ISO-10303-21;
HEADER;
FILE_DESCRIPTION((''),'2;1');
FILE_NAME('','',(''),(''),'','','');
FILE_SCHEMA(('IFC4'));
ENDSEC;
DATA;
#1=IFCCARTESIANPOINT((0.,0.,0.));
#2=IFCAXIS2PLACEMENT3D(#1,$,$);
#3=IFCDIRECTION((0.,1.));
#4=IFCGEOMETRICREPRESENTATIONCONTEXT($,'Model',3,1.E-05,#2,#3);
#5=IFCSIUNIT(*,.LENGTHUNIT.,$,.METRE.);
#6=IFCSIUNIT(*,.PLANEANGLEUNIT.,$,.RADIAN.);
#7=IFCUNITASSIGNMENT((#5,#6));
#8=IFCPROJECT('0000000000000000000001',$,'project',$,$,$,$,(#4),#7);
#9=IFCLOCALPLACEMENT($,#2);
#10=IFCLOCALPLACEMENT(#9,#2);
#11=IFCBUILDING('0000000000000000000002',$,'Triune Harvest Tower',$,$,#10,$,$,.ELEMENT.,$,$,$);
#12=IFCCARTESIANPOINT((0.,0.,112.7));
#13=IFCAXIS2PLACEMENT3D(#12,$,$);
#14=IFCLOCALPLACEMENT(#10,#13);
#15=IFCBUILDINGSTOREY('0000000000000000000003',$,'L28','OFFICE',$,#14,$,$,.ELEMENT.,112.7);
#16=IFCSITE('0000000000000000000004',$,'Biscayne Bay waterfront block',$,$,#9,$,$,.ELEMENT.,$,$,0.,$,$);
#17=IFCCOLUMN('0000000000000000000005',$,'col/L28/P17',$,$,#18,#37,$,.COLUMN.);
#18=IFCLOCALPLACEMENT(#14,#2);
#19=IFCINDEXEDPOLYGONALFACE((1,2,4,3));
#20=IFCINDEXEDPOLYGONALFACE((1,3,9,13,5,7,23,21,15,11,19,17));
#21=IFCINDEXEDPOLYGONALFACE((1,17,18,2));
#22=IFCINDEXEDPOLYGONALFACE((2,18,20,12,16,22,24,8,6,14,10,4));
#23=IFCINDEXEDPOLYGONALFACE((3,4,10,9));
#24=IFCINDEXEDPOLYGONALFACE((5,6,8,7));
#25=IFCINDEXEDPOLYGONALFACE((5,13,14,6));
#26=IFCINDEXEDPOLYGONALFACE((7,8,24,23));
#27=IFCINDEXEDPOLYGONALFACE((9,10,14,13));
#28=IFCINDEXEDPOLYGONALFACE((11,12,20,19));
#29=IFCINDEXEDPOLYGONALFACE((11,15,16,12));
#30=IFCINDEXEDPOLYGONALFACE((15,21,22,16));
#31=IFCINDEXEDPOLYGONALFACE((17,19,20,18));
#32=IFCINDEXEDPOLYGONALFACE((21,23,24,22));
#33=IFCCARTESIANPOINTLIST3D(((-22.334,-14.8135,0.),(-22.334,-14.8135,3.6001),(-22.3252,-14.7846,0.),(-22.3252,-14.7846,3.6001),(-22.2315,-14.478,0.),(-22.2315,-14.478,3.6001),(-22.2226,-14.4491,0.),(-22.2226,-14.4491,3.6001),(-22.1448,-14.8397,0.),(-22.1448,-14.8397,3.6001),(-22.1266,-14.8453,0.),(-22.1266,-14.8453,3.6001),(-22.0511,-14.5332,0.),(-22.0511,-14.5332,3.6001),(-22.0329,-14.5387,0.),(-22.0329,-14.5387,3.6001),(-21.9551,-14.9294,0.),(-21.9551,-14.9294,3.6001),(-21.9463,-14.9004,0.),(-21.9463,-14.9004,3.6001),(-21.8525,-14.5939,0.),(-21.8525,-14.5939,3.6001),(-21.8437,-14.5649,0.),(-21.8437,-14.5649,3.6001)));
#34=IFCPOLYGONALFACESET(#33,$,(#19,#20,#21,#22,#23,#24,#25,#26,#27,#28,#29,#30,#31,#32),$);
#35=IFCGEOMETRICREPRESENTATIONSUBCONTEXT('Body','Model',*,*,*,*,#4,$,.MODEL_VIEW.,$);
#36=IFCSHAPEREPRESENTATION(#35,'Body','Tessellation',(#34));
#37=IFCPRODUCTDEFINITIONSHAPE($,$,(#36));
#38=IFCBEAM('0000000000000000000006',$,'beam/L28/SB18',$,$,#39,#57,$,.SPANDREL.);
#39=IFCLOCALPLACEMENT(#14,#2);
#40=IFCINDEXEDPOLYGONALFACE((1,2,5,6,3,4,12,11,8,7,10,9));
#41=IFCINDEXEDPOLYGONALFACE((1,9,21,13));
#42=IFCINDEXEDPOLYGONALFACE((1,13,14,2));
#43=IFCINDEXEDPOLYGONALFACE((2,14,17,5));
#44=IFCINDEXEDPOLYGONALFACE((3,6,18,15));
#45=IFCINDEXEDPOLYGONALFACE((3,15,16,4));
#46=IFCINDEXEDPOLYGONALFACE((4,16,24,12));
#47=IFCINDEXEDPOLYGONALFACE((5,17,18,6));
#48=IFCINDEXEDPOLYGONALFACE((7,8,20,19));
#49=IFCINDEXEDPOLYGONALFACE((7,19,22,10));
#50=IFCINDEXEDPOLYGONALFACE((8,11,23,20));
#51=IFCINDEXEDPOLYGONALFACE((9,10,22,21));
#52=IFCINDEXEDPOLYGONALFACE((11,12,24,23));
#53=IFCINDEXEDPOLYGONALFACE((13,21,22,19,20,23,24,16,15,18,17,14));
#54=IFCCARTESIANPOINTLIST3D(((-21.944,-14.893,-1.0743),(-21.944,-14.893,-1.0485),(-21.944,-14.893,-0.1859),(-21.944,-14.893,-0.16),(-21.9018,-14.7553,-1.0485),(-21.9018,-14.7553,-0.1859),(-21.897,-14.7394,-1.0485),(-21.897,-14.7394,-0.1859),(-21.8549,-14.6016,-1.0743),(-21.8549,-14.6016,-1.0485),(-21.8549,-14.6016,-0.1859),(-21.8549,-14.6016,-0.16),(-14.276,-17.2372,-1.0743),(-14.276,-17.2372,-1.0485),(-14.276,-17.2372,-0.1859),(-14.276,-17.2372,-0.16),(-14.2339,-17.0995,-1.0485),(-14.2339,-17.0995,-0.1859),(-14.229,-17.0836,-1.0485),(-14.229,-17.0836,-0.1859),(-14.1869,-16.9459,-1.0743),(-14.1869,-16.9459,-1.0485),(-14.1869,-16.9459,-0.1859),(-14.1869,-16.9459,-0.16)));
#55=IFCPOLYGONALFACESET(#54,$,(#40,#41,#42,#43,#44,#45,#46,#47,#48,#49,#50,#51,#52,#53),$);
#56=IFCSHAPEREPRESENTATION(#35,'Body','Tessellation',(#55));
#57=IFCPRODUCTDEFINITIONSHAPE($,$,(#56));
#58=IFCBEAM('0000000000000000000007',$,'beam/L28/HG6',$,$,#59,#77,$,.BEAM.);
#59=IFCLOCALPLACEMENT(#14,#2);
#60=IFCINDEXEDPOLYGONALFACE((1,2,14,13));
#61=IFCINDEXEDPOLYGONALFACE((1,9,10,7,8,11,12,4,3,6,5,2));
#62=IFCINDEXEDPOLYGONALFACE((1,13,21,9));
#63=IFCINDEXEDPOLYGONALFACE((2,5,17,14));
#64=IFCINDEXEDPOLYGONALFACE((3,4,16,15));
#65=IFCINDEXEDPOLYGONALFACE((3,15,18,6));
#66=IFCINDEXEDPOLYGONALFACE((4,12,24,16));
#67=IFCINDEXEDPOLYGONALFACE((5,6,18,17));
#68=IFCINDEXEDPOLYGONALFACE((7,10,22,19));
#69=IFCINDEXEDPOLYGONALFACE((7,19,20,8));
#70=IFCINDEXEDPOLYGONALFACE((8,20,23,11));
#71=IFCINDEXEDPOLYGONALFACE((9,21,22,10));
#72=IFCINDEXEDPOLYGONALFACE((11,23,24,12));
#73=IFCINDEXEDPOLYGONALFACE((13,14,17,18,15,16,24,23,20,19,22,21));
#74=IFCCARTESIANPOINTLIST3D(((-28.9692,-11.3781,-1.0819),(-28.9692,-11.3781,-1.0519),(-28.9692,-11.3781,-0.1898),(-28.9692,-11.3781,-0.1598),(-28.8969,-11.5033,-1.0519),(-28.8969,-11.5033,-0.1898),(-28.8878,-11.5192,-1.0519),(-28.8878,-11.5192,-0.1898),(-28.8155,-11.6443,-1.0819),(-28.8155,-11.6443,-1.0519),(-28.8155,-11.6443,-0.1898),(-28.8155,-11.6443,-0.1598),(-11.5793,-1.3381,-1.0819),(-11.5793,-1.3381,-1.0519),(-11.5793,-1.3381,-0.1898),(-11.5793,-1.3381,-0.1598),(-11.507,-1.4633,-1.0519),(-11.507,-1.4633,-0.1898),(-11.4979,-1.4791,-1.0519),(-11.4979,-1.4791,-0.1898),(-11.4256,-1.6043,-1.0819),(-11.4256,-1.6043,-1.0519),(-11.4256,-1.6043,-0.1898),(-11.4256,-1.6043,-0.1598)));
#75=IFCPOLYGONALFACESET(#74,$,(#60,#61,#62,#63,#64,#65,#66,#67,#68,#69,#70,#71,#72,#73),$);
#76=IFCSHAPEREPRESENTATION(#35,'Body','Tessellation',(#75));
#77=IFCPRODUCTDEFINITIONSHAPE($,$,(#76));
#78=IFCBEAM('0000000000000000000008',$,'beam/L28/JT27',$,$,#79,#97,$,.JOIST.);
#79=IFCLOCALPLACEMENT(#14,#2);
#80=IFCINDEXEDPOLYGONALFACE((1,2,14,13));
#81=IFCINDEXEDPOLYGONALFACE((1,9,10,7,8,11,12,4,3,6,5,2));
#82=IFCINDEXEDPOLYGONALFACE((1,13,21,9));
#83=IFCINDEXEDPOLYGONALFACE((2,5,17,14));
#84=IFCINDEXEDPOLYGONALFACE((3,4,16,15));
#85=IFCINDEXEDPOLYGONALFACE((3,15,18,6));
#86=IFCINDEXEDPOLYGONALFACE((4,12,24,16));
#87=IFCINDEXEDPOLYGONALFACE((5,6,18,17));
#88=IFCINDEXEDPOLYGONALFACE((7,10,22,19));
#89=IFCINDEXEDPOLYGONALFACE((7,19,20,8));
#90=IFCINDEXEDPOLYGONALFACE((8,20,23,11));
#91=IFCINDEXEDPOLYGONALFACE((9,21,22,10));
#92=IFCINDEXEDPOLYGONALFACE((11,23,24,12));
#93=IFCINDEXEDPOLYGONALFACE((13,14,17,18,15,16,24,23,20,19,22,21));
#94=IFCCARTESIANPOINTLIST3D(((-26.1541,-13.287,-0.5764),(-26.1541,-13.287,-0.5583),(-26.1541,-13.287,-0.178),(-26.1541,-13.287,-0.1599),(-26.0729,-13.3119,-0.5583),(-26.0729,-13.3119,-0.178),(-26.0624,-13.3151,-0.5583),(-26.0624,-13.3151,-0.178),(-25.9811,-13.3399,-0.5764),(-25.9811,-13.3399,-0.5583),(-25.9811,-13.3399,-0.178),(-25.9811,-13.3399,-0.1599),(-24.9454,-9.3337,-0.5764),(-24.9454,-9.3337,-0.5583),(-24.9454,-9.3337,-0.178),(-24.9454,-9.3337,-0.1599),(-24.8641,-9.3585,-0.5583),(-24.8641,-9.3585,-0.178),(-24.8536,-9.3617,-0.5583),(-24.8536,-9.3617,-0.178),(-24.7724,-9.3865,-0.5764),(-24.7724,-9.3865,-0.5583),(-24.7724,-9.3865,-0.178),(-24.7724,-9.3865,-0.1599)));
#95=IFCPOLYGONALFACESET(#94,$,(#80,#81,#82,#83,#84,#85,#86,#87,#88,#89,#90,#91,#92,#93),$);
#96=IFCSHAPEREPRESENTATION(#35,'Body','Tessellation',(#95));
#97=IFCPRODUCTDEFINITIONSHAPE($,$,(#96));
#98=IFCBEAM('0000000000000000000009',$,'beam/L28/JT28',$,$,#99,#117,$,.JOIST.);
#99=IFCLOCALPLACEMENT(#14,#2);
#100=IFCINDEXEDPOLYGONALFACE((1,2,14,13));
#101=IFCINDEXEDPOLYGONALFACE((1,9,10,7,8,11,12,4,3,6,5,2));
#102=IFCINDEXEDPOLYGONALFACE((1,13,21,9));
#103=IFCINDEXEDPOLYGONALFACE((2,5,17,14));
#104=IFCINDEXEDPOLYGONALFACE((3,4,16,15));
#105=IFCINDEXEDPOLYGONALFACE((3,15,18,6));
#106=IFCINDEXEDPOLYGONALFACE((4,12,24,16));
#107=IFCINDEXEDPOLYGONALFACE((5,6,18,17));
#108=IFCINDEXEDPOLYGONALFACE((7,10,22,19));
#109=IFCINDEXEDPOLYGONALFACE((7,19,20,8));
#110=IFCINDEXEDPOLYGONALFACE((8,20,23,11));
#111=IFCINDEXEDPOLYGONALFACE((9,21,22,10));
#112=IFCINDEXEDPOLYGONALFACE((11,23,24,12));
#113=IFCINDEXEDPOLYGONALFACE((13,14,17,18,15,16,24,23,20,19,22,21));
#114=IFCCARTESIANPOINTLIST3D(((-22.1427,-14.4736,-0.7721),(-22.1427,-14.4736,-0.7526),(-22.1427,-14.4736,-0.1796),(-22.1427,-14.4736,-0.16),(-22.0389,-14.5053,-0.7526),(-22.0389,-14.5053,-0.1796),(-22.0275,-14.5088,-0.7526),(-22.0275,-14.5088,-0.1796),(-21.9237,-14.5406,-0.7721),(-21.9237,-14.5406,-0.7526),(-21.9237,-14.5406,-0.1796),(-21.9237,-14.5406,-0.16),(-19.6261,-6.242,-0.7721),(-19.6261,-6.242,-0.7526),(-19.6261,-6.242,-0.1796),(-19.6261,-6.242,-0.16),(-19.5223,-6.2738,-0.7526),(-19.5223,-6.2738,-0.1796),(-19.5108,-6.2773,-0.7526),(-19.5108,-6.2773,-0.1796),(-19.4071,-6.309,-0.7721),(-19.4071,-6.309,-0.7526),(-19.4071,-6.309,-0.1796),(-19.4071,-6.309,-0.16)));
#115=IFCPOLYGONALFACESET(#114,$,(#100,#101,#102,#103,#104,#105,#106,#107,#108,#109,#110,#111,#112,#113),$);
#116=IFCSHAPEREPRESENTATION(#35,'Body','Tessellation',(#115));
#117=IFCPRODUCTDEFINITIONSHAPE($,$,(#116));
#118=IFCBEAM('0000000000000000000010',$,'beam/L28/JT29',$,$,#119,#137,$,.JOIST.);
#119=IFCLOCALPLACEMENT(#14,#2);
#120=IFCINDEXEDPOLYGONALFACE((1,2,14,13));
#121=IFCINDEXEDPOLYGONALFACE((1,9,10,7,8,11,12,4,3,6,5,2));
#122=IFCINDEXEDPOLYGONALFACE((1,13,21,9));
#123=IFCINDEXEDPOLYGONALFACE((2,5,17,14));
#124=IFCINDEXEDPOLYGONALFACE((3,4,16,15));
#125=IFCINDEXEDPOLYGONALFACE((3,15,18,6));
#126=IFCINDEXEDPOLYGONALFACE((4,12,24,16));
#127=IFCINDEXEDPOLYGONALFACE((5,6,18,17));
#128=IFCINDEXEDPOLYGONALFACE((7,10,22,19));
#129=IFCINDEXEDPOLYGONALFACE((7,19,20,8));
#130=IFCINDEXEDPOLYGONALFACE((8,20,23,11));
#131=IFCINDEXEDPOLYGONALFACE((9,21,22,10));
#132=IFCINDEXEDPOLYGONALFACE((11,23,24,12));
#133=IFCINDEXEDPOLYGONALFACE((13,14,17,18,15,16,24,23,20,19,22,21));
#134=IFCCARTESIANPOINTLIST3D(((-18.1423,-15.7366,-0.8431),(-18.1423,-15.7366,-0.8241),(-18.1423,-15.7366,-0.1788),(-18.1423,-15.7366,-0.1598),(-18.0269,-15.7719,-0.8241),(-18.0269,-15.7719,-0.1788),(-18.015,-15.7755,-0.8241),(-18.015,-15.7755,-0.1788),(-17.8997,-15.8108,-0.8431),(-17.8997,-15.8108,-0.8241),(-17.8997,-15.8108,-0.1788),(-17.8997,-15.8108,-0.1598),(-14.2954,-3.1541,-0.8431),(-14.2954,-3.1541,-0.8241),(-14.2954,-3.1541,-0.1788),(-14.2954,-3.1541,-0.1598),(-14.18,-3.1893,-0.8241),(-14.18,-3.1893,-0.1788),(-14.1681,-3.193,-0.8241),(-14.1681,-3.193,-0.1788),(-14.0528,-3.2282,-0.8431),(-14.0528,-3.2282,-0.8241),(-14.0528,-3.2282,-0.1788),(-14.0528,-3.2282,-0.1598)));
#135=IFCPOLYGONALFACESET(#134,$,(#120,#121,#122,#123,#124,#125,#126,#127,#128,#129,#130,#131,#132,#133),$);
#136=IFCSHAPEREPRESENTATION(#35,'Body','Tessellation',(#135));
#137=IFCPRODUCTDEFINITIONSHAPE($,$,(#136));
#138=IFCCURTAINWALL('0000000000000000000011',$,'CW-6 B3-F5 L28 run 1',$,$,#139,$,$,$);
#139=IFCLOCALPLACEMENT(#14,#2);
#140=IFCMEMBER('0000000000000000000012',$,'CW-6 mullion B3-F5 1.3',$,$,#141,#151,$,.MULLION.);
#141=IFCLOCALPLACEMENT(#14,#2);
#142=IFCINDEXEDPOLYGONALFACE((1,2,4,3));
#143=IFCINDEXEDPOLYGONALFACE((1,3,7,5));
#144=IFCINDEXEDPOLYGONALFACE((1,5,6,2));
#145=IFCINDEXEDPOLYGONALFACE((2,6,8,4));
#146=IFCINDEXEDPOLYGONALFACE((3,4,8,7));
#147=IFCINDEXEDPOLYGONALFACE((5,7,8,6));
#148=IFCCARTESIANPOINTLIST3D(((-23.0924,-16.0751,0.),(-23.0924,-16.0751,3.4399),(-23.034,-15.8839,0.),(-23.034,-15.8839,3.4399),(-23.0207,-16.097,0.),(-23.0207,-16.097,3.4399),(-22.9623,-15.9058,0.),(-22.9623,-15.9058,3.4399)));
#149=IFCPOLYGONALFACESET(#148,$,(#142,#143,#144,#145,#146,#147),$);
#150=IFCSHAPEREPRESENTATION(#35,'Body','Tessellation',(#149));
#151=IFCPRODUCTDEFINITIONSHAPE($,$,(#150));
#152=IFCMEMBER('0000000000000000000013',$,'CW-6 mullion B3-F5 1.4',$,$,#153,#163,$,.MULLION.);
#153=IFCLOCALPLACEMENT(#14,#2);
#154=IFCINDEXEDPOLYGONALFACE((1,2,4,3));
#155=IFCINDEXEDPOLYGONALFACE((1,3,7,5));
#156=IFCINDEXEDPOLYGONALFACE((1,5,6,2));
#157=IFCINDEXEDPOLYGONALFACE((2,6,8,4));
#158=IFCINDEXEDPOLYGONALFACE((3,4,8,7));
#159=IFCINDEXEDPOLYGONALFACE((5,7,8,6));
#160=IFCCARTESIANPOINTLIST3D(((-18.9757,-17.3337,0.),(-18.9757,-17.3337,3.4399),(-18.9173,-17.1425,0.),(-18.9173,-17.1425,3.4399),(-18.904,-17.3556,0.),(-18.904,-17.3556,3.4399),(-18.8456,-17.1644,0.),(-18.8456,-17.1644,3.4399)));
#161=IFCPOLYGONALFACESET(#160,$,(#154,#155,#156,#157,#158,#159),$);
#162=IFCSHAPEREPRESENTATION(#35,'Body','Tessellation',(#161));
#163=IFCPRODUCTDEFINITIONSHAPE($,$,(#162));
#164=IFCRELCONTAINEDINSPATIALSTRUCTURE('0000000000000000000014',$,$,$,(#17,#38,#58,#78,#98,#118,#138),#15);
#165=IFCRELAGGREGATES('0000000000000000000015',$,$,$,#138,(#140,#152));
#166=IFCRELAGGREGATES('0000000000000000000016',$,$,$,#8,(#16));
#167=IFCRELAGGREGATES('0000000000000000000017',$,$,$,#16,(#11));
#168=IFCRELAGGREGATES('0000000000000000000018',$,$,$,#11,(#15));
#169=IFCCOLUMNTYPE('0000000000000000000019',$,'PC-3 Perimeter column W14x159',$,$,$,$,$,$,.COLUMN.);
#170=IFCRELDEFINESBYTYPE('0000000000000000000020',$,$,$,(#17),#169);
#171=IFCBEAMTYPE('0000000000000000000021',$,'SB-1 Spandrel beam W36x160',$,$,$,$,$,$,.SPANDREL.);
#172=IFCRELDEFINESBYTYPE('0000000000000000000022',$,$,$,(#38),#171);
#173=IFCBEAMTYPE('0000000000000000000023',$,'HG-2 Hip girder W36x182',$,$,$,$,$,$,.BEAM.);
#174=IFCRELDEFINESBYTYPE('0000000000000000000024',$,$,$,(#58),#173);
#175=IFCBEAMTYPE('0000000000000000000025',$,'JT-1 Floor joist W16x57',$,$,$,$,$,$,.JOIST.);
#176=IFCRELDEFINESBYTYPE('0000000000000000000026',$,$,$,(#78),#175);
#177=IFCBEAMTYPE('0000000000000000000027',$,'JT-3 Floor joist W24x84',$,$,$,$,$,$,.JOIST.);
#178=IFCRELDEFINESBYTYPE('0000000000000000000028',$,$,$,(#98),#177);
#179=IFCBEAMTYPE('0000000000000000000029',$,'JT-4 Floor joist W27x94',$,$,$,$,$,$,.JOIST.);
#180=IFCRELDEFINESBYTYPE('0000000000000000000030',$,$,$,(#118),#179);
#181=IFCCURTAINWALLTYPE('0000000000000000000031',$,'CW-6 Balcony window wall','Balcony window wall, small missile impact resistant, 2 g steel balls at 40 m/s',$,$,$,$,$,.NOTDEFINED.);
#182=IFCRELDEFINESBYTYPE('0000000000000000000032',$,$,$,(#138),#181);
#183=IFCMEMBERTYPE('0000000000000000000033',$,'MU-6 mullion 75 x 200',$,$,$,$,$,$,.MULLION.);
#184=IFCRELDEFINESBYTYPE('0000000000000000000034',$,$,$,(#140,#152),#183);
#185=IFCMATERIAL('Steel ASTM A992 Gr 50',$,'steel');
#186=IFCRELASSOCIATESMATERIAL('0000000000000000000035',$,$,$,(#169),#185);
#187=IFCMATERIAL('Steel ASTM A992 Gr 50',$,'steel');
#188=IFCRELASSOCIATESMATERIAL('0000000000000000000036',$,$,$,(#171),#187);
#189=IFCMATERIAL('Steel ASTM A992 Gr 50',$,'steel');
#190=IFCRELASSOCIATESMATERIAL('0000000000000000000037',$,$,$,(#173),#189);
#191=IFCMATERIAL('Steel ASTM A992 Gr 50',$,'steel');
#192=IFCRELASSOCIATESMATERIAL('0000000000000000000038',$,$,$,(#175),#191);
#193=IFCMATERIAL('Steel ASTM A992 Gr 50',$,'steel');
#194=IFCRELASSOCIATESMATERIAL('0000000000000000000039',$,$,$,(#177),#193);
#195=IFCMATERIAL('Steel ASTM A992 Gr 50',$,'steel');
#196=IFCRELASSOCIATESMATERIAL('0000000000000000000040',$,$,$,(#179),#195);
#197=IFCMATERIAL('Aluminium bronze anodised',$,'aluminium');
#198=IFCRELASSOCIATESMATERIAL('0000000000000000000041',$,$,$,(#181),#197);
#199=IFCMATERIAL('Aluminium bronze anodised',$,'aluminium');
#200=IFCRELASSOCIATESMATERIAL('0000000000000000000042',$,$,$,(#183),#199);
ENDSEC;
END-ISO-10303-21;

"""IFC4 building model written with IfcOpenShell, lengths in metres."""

from ifc_helpers import new_model, si_unit, direction, frame, origin, origin_2d, place, context, subcontext, project, spatial, rectangle, i_section, extrude, source, transform, mapped, material, material_profile, profile_set, type_object, element, aggregate, save


model = new_model("IFC4")

# Units and contexts
model_context = context("Model", 3, precision=1e-05, world=origin(), true_north=direction((0.0, 1.0)))
body_context = subcontext(model_context, "Body", "Model", "MODEL_VIEW")
ifc_project = project(units=[si_unit("LENGTHUNIT", "METRE"), si_unit("PLANEANGLEUNIT", "RADIAN")], contexts=[model_context])

# Site, building, storey
site_placement = place(None, origin())
site = spatial("IfcSite", under=ifc_project, at=site_placement, Name="Biscayne Bay waterfront block", CompositionType="ELEMENT", RefElevation=0.0)
building_placement = place(site_placement, origin())
building = spatial("IfcBuilding", under=site, at=building_placement, Name="Triune Harvest Tower", CompositionType="ELEMENT")
storey_placement = place(building_placement, frame((0.0, 0.0, 112.7)))
storey = spatial("IfcBuildingStorey", under=building, at=storey_placement, Name="L28", Description="OFFICE", CompositionType="ELEMENT", Elevation=112.7)

# Column
ifc_material_1 = material(Name="Steel ASTM A992 Gr 50", Category="steel")
ifc_material_profile_1 = material_profile(ifc_material_1, i_section(OverallWidth=0.3962, OverallDepth=0.3811, WebThickness=0.019, FlangeThickness=0.0303, at=origin_2d()), Name="W14x159")
ifc_profile_set_1 = profile_set([ifc_material_profile_1], Name="Steel ASTM A992 Gr 50")
column_type = type_object("IfcColumnType", Name="PC-3 Perimeter column W14x159", PredefinedType="COLUMN", material=ifc_profile_set_1)
shared_shape_1 = source(origin(), body_context, "Body", "SweptSolid", [
    extrude(i_section(OverallWidth=0.3962, OverallDepth=0.3811, WebThickness=0.019, FlangeThickness=0.0303, at=origin_2d()), origin(), (0.0, 0.0, 1.0), 3.6001),
])
column_placement = place(storey_placement, frame((-22.0889, -14.6892, 0.0), z_axis=(0.0, 0.0, 1.0), x_axis=(0.956305, -0.292372, 0.0)))
element("IfcColumn", 1, at=column_placement, inside=storey, type_object=column_type, Name="col/L28/P17", PredefinedType="COLUMN", context=body_context, shape_type="MappedRepresentation", body=[
    mapped(shared_shape_1, transform((0.0, 0.0, 0.0), scale=1.0)),
])

# Beams
ifc_material_2 = material(Name="Steel ASTM A992 Gr 50", Category="steel")
ifc_material_profile_2 = material_profile(ifc_material_2, i_section(OverallWidth=0.3047, OverallDepth=0.9143, WebThickness=0.0166, FlangeThickness=0.0259, at=origin_2d()), Name="W36x160")
ifc_profile_set_2 = profile_set([ifc_material_profile_2], Name="Steel ASTM A992 Gr 50")
beam_type_1 = type_object("IfcBeamType", Name="SB-1 Spandrel beam W36x160", PredefinedType="SPANDREL", material=ifc_profile_set_2)
shared_shape_2 = source(origin(), body_context, "Body", "SweptSolid", [
    extrude(i_section(OverallWidth=0.3047, OverallDepth=0.9143, WebThickness=0.0166, FlangeThickness=0.0259, at=origin_2d()), origin(), (0.0, 0.0, 1.0), 8.0183),
])
beam_1_placement = place(storey_placement, frame((-21.8994, -14.7473, -0.6172), z_axis=(0.956308, -0.292361, 0.0), x_axis=(0.292361, 0.956308, 0.0)))
element("IfcBeam", 2, at=beam_1_placement, inside=storey, type_object=beam_type_1, Name="beam/L28/SB18", PredefinedType="SPANDREL", context=body_context, shape_type="MappedRepresentation", body=[
    mapped(shared_shape_2, transform((0.0, 0.0, 0.0), scale=1.0)),
])
ifc_material_3 = material(Name="Steel ASTM A992 Gr 50", Category="steel")
ifc_material_profile_3 = material_profile(ifc_material_3, i_section(OverallWidth=0.3074, OverallDepth=0.9221, WebThickness=0.0183, FlangeThickness=0.03, at=origin_2d()), Name="W36x182")
ifc_profile_set_3 = profile_set([ifc_material_profile_3], Name="Steel ASTM A992 Gr 50")
beam_type_2 = type_object("IfcBeamType", Name="HG-2 Hip girder W36x182", PredefinedType="BEAM", material=ifc_profile_set_3)
shared_shape_3 = source(origin(), body_context, "Body", "SweptSolid", [
    extrude(i_section(OverallWidth=0.3074, OverallDepth=0.9221, WebThickness=0.0183, FlangeThickness=0.03, at=origin_2d()), origin(), (0.0, 0.0, 1.0), 20.0801),
])
beam_2_placement = place(storey_placement, frame((-28.8923, -11.5112, -0.6208), z_axis=(0.866026, 0.499999, 0.0), x_axis=(-0.499999, 0.866026, 0.0)))
element("IfcBeam", 3, at=beam_2_placement, inside=storey, type_object=beam_type_2, Name="beam/L28/HG6", PredefinedType="BEAM", context=body_context, shape_type="MappedRepresentation", body=[
    mapped(shared_shape_3, transform((0.0, 0.0, 0.0), scale=1.0)),
])
ifc_material_4 = material(Name="Steel ASTM A992 Gr 50", Category="steel")
ifc_material_profile_4 = material_profile(ifc_material_4, i_section(OverallWidth=0.1809, OverallDepth=0.4165, WebThickness=0.011, FlangeThickness=0.0181, at=origin_2d()), Name="W16x57")
ifc_profile_set_4 = profile_set([ifc_material_profile_4], Name="Steel ASTM A992 Gr 50")
beam_type_3 = type_object("IfcBeamType", Name="JT-1 Floor joist W16x57", PredefinedType="JOIST", material=ifc_profile_set_4)
shared_shape_4 = source(origin(), body_context, "Body", "SweptSolid", [
    extrude(i_section(OverallWidth=0.1809, OverallDepth=0.4165, WebThickness=0.011, FlangeThickness=0.0181, at=origin_2d()), origin(), (0.0, 0.0, 1.0), 4.134),
])
beam_3_placement = place(storey_placement, frame((-26.0676, -13.3135, -0.3682), z_axis=(0.292388, 0.9563, 0.0), x_axis=(-0.9563, 0.292388, 0.0)))
element("IfcBeam", 4, at=beam_3_placement, inside=storey, type_object=beam_type_3, Name="beam/L28/JT27", PredefinedType="JOIST", context=body_context, shape_type="MappedRepresentation", body=[
    mapped(shared_shape_4, transform((0.0, 0.0, 0.0), scale=1.0)),
])
ifc_material_5 = material(Name="Steel ASTM A992 Gr 50", Category="steel")
ifc_material_profile_5 = material_profile(ifc_material_5, i_section(OverallWidth=0.229, OverallDepth=0.6121, WebThickness=0.012, FlangeThickness=0.0195, at=origin_2d()), Name="W24x84")
ifc_profile_set_5 = profile_set([ifc_material_profile_5], Name="Steel ASTM A992 Gr 50")
beam_type_4 = type_object("IfcBeamType", Name="JT-3 Floor joist W24x84", PredefinedType="JOIST", material=ifc_profile_set_5)
shared_shape_5 = source(origin(), body_context, "Body", "SweptSolid", [
    extrude(i_section(OverallWidth=0.229, OverallDepth=0.6121, WebThickness=0.012, FlangeThickness=0.0195, at=origin_2d()), origin(), (0.0, 0.0, 1.0), 8.6077),
])
beam_4_placement = place(storey_placement, frame((-22.0332, -14.5071, -0.4661), z_axis=(0.292371, 0.956305, 0.0), x_axis=(-0.956305, 0.292371, 0.0)))
element("IfcBeam", 5, at=beam_4_placement, inside=storey, type_object=beam_type_4, Name="beam/L28/JT28", PredefinedType="JOIST", context=body_context, shape_type="MappedRepresentation", body=[
    mapped(shared_shape_5, transform((0.0, 0.0, 0.0), scale=1.0)),
])
ifc_material_6 = material(Name="Steel ASTM A992 Gr 50", Category="steel")
ifc_material_profile_6 = material_profile(ifc_material_6, i_section(OverallWidth=0.2537, OverallDepth=0.6833, WebThickness=0.0125, FlangeThickness=0.019, at=origin_2d()), Name="W27x94")
ifc_profile_set_6 = profile_set([ifc_material_profile_6], Name="Steel ASTM A992 Gr 50")
beam_type_5 = type_object("IfcBeamType", Name="JT-4 Floor joist W27x94", PredefinedType="JOIST", material=ifc_profile_set_6)
shared_shape_6 = source(origin(), body_context, "Body", "SweptSolid", [
    extrude(i_section(OverallWidth=0.2537, OverallDepth=0.6833, WebThickness=0.0125, FlangeThickness=0.019, at=origin_2d()), origin(), (0.0, 0.0, 1.0), 13.1575),
])
beam_5_placement = place(storey_placement, frame((-18.021, -15.7737, -0.5015), z_axis=(0.292376, 0.956303, 0.0), x_axis=(-0.956303, 0.292376, 0.0)))
element("IfcBeam", 6, at=beam_5_placement, inside=storey, type_object=beam_type_5, Name="beam/L28/JT29", PredefinedType="JOIST", context=body_context, shape_type="MappedRepresentation", body=[
    mapped(shared_shape_6, transform((0.0, 0.0, 0.0), scale=1.0)),
])

# Curtain wall, members
ifc_material_7 = material(Name="Aluminium bronze anodised", Category="aluminium")
curtain_wall_type_1 = type_object("IfcCurtainWallType", Name="CW-6 Balcony window wall", Description="Balcony window wall, small missile impact resistant, 2 g steel balls at 40 m/s", PredefinedType="NOTDEFINED", material=ifc_material_7)
curtain_wall_1_placement = place(storey_placement, origin())
curtain_wall_1 = element("IfcCurtainWall", 7, at=curtain_wall_1_placement, inside=storey, type_object=curtain_wall_type_1, Name="CW-6 B3-F5 L28 run 1")
ifc_material_8 = material(Name="Aluminium bronze anodised", Category="aluminium")
ifc_material_profile_7 = material_profile(ifc_material_8, rectangle(XDim=0.2, YDim=0.075, at=origin_2d()), Name="MU-6 mullion 75 x 200")
ifc_profile_set_7 = profile_set([ifc_material_profile_7], Name="Aluminium bronze anodised")
member_type_1 = type_object("IfcMemberType", Name="MU-6 mullion 75 x 200", PredefinedType="MULLION", material=ifc_profile_set_7)
shared_shape_7 = source(origin(), body_context, "Body", "SweptSolid", [
    extrude(rectangle(XDim=0.2, YDim=0.075, at=origin_2d()), origin(), (0.0, 0.0, 1.0), 3.4399),
])
member_1_placement = place(storey_placement, frame((-23.0273, -15.9905, 0.0), z_axis=(0.0, 0.0, 1.0), x_axis=(0.292376, 0.956303, 0.0)))
member_1 = element("IfcMember", 8, at=member_1_placement, type_object=member_type_1, Name="CW-6 mullion B3-F5 1.3", PredefinedType="MULLION", context=body_context, shape_type="MappedRepresentation", body=[
    mapped(shared_shape_7, transform((0.0, 0.0, 0.0), scale=1.0)),
])
member_2_placement = place(storey_placement, frame((-18.9106, -17.249, 0.0), z_axis=(0.0, 0.0, 1.0), x_axis=(0.292376, 0.956303, 0.0)))
member_2 = element("IfcMember", 9, at=member_2_placement, type_object=member_type_1, Name="CW-6 mullion B3-F5 1.4", PredefinedType="MULLION", context=body_context, shape_type="MappedRepresentation", body=[
    mapped(shared_shape_7, transform((0.0, 0.0, 0.0), scale=1.0)),
])

aggregate(curtain_wall_1, [member_1, member_2])

save(model, "model.ifc")
